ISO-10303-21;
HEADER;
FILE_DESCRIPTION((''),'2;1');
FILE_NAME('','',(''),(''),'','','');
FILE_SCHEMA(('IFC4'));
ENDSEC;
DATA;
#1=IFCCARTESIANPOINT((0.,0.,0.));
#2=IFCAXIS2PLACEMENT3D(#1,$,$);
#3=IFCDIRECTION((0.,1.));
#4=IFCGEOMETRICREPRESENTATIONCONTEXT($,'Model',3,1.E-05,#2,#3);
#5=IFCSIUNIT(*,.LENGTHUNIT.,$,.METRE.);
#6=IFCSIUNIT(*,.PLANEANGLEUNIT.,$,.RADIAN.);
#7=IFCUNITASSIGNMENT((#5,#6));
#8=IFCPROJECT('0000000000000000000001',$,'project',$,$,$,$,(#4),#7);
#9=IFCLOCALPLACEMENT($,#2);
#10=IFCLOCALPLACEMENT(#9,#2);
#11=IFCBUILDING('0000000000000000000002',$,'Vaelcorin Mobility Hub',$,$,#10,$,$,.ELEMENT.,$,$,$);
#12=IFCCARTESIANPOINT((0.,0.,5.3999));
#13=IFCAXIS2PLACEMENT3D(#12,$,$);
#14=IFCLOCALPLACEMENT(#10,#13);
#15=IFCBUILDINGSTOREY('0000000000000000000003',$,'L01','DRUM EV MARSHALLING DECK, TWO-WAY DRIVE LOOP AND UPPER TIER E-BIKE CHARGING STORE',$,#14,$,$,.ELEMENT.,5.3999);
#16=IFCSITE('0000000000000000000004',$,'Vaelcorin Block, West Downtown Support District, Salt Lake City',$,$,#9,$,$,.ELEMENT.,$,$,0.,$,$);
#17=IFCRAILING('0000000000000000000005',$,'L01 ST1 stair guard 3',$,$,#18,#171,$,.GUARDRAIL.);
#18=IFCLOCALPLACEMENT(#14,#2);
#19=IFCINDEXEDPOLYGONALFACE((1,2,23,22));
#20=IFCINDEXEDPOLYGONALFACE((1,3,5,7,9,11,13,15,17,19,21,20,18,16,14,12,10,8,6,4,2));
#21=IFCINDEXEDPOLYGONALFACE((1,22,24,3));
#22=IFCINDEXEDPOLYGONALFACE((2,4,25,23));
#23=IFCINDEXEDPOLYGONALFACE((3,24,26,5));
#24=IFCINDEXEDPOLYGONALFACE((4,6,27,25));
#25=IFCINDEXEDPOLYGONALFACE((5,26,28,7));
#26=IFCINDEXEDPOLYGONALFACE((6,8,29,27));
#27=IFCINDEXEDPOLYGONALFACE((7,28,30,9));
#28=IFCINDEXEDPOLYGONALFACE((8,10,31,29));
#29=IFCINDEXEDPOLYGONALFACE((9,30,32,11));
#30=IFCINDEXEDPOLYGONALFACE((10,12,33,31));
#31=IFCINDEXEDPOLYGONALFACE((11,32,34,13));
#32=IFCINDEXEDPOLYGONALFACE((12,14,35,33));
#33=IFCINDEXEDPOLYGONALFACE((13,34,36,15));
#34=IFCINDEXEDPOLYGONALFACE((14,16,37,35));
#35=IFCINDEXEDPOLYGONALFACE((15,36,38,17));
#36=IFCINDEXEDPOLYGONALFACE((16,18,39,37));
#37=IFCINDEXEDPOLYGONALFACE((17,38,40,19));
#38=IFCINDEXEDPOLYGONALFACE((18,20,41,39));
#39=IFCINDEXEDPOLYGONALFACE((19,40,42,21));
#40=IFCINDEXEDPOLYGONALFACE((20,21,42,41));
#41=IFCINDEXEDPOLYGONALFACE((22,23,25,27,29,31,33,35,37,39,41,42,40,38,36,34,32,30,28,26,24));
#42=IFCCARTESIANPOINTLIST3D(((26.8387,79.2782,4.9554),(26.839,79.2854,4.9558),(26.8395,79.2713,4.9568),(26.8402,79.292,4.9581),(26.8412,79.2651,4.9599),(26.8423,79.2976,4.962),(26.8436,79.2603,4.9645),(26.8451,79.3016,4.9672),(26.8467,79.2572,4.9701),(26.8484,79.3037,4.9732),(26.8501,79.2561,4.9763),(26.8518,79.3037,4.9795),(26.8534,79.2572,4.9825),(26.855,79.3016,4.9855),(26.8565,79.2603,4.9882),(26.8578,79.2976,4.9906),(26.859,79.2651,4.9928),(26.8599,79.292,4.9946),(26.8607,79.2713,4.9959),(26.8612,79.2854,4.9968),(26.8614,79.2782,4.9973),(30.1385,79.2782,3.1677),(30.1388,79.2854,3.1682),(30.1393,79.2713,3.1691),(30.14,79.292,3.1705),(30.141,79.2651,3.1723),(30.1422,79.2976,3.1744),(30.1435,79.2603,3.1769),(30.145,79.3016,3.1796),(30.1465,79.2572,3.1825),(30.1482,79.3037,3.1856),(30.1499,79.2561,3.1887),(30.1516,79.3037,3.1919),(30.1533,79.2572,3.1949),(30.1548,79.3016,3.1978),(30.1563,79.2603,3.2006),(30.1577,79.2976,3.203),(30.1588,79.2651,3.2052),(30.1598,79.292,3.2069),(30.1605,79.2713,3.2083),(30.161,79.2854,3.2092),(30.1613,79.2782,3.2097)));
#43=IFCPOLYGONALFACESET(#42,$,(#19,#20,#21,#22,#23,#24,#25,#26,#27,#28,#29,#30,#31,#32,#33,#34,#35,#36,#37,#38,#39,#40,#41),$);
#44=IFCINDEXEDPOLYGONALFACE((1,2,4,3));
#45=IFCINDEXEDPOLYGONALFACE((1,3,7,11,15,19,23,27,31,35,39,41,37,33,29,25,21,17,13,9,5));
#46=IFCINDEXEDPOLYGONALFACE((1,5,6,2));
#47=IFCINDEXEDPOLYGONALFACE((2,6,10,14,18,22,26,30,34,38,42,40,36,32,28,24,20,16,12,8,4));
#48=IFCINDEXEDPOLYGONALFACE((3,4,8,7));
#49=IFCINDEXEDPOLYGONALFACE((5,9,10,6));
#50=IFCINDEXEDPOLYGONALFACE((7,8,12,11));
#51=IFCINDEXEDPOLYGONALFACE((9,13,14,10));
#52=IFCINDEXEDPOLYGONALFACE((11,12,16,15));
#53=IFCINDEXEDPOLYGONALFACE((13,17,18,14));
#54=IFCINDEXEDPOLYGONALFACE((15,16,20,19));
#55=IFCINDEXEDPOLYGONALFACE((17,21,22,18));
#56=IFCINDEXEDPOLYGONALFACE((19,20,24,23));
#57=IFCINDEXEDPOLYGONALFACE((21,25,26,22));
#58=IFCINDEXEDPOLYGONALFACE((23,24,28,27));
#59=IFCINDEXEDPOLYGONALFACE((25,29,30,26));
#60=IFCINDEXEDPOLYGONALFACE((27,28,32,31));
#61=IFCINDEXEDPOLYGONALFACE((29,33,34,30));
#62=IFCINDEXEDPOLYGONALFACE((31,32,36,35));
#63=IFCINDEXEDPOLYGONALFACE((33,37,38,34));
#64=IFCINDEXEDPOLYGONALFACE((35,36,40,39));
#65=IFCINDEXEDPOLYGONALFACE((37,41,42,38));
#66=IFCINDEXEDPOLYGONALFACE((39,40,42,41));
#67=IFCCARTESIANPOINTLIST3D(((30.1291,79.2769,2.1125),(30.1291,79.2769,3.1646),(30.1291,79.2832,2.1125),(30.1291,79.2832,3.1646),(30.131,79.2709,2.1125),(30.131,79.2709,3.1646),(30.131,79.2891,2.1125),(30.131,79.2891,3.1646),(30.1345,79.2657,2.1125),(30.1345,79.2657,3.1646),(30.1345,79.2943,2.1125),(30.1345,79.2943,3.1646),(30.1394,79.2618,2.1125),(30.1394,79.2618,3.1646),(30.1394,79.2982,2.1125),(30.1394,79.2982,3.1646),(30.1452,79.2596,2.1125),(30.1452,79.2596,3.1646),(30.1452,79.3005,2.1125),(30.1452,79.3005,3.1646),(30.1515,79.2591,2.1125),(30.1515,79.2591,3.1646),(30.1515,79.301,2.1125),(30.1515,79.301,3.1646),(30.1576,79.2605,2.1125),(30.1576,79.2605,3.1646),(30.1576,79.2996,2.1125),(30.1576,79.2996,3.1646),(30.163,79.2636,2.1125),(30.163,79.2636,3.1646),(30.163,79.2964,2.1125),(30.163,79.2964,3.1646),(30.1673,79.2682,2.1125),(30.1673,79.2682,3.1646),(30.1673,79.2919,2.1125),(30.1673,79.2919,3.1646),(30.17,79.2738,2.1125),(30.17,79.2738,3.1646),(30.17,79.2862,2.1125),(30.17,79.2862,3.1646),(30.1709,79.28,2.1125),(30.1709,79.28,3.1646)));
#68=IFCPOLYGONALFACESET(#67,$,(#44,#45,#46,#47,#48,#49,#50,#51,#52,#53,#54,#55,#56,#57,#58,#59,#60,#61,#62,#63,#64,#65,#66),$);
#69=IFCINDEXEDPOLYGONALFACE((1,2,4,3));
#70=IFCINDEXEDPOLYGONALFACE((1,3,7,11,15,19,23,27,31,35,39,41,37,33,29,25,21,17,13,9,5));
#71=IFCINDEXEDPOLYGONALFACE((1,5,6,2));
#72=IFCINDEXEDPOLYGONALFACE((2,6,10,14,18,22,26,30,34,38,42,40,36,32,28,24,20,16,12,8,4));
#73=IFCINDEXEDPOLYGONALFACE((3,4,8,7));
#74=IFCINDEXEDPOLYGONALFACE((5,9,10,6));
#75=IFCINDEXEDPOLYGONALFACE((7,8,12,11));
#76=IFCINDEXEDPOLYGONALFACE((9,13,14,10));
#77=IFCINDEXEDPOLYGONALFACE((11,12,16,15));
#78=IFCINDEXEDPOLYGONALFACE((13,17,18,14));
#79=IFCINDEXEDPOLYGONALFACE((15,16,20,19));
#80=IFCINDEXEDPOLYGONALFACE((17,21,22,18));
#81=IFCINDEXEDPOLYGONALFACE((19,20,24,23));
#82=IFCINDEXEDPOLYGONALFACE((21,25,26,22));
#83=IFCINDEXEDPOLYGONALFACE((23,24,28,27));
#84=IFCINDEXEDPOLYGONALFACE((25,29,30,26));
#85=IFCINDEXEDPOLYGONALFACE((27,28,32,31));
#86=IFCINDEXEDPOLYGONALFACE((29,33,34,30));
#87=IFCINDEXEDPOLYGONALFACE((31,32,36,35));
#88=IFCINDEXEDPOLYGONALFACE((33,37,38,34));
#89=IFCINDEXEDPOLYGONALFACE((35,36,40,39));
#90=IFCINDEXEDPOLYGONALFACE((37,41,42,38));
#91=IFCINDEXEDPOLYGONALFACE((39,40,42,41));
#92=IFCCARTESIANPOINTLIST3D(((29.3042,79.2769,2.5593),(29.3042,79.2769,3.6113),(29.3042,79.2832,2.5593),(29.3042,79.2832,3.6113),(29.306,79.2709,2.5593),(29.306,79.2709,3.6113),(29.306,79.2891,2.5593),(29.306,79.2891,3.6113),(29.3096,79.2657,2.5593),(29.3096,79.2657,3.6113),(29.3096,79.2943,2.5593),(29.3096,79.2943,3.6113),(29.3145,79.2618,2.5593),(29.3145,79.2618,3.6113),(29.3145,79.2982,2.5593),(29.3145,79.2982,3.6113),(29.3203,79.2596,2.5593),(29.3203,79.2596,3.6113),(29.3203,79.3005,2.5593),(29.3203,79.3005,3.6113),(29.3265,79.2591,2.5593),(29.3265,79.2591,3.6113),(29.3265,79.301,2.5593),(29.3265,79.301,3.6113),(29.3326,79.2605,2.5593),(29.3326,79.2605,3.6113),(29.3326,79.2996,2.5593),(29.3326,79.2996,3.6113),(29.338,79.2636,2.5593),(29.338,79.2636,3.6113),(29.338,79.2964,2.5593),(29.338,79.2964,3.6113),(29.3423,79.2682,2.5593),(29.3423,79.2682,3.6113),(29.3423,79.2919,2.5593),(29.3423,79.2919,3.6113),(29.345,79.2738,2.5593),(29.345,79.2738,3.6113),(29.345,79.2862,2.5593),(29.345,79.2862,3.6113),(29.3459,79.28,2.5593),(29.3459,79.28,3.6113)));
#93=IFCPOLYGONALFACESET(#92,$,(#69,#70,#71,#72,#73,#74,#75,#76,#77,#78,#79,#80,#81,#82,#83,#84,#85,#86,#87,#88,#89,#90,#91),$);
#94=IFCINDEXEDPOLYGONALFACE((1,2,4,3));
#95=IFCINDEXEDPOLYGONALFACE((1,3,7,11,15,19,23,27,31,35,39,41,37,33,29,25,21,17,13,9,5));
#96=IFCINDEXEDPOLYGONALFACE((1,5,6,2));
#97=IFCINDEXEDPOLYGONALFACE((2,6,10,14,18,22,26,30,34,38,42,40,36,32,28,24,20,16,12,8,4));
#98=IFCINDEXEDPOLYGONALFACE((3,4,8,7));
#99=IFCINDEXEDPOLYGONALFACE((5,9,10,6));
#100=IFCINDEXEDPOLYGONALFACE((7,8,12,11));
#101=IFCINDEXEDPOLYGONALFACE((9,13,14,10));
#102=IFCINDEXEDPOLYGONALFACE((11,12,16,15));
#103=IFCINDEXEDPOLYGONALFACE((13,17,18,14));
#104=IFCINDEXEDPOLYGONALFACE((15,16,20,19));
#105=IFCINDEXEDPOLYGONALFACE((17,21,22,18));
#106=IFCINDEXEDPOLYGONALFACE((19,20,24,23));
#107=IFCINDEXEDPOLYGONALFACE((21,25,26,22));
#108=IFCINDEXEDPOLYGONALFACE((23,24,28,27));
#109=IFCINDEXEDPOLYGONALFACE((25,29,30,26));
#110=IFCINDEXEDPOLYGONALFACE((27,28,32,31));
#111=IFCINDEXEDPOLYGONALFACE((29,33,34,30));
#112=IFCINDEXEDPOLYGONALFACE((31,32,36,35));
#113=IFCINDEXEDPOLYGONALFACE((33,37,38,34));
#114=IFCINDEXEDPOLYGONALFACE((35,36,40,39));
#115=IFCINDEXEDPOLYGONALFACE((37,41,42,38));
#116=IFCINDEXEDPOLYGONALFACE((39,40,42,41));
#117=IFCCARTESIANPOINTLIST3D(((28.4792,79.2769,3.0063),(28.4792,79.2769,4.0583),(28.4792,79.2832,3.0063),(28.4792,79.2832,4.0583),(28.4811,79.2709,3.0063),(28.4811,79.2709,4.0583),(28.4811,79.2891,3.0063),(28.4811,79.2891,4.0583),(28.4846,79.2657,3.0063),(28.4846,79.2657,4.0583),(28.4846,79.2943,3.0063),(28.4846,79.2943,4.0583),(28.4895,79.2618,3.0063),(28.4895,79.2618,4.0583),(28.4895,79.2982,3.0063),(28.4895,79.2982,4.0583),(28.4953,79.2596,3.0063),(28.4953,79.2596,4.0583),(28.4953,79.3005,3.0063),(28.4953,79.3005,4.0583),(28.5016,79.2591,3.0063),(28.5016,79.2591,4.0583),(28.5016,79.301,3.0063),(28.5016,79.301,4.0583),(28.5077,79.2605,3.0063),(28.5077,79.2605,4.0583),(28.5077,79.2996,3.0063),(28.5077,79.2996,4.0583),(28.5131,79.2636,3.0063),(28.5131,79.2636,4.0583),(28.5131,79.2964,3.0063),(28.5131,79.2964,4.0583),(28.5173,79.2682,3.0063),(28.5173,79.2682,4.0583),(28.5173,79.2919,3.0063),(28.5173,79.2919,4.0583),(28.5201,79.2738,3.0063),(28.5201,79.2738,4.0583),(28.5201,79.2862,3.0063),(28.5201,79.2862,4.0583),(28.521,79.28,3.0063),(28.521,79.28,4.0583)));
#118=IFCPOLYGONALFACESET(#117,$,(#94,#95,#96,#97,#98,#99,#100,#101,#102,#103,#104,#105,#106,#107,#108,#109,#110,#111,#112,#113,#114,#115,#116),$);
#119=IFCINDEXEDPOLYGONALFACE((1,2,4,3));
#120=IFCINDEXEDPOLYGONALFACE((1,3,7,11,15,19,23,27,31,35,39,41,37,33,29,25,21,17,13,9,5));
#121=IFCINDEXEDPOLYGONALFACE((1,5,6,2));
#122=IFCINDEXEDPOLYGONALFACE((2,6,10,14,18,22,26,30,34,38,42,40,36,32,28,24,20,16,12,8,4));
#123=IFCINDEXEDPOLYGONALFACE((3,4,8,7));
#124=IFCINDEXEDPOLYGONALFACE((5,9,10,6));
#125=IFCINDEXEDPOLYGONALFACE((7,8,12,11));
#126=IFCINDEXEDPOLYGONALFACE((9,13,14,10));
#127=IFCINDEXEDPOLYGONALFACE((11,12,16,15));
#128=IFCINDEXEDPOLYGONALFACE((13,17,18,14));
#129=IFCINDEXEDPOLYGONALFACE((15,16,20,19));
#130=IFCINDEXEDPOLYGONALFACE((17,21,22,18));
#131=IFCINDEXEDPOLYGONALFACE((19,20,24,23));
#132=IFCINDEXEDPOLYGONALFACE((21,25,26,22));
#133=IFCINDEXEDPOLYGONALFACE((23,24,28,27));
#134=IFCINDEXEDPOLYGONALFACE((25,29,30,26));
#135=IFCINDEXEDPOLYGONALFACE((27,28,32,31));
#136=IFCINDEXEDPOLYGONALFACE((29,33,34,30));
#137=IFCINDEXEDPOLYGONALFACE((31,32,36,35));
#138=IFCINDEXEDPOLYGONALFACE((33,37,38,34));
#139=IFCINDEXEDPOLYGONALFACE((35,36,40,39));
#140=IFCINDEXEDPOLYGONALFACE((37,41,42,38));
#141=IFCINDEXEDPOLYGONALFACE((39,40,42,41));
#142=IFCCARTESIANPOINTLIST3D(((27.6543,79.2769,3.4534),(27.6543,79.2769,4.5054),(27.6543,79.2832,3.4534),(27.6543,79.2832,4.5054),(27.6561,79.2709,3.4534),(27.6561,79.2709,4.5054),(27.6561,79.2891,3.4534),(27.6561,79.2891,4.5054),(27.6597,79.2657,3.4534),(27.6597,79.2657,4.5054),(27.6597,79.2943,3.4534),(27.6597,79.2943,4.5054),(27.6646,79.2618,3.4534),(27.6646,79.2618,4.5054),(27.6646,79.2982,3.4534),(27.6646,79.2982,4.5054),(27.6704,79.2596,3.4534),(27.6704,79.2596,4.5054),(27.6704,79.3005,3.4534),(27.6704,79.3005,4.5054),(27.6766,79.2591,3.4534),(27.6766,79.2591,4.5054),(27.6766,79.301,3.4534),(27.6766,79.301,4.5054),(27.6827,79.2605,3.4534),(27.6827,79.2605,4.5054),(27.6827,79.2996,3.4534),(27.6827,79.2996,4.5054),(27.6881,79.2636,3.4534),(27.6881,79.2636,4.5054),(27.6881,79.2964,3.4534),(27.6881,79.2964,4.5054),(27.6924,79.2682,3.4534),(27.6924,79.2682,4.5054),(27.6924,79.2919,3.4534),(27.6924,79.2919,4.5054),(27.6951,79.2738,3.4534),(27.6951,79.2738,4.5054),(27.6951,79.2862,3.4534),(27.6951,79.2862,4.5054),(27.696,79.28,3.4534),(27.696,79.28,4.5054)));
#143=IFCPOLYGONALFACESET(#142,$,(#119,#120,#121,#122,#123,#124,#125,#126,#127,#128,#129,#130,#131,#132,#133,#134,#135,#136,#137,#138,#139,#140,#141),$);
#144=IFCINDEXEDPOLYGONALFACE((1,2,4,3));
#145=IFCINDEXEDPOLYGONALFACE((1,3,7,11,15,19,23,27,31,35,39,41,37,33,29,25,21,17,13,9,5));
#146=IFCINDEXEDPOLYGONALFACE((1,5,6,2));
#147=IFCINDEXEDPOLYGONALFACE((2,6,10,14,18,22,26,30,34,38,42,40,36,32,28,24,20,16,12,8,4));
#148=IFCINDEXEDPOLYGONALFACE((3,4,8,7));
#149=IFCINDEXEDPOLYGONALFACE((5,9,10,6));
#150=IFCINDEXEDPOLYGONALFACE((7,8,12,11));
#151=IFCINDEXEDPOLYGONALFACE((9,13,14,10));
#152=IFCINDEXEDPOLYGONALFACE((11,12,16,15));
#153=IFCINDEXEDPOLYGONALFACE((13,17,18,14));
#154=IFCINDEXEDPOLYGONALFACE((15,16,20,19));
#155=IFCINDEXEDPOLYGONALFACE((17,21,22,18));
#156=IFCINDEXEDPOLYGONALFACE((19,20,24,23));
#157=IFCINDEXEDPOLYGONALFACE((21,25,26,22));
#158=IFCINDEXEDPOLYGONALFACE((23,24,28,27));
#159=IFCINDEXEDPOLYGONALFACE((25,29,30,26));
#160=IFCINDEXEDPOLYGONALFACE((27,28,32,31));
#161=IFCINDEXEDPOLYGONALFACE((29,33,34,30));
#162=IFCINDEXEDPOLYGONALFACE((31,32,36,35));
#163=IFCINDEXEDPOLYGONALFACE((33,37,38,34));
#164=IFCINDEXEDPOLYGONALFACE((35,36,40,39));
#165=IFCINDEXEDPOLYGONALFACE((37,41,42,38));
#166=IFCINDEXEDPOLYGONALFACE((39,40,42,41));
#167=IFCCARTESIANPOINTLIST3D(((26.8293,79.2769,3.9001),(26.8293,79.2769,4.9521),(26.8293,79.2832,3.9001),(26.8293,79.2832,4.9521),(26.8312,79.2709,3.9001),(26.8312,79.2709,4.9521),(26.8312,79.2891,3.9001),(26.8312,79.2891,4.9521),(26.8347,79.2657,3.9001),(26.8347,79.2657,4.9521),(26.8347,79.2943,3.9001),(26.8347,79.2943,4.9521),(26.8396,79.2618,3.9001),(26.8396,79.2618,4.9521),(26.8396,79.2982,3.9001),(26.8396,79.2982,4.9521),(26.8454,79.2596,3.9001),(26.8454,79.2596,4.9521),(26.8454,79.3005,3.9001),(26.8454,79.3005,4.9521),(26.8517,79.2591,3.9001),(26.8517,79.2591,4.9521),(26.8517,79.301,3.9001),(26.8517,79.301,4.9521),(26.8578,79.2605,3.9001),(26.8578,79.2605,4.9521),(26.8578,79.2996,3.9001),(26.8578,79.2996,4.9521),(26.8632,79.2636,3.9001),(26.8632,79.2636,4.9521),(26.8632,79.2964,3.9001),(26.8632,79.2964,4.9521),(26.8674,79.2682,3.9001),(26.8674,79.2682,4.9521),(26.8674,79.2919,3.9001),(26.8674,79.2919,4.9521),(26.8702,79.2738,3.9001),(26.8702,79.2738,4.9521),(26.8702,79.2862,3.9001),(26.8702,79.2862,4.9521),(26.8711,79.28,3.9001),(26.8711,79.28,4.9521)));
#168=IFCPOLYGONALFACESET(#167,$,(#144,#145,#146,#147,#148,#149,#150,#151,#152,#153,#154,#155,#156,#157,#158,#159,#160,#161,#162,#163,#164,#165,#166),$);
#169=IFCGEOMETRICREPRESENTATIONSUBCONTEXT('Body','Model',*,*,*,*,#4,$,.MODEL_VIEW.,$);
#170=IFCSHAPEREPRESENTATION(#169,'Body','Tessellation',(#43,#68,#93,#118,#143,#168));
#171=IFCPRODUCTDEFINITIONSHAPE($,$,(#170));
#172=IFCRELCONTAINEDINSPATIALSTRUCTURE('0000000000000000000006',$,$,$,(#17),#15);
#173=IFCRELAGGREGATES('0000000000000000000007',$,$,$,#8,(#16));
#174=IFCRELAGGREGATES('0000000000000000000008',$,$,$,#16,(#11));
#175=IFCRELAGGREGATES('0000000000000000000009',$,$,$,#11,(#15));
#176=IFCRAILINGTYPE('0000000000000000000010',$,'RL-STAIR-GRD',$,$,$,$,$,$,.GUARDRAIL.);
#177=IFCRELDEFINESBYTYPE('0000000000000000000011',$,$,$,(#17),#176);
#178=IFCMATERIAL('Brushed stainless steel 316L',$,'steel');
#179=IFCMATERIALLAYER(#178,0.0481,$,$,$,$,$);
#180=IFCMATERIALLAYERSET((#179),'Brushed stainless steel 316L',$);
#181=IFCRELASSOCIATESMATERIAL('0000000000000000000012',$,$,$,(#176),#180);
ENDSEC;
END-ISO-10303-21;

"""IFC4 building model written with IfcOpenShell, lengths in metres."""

from ifc_helpers import new_model, si_unit, direction, frame, origin, origin_2d, place, context, subcontext, project, spatial, circle, extrude, material, layer, layer_set, type_object, element, save


model = new_model("IFC4")

# Units and contexts
model_context = context("Model", 3, precision=1e-05, world=origin(), true_north=direction((0.0, 1.0)))
body_context = subcontext(model_context, "Body", "Model", "MODEL_VIEW")
ifc_project = project(units=[si_unit("LENGTHUNIT", "METRE"), si_unit("PLANEANGLEUNIT", "RADIAN")], contexts=[model_context])

# Site, building, storey
site_placement = place(None, origin())
site = spatial("IfcSite", under=ifc_project, at=site_placement, Name="Vaelcorin Block, West Downtown Support District, Salt Lake City", CompositionType="ELEMENT", RefElevation=0.0)
building_placement = place(site_placement, origin())
building = spatial("IfcBuilding", under=site, at=building_placement, Name="Vaelcorin Mobility Hub", CompositionType="ELEMENT")
storey_placement = place(building_placement, frame((0.0, 0.0, 5.3999)))
storey = spatial("IfcBuildingStorey", under=building, at=storey_placement, Name="L01", Description="DRUM EV MARSHALLING DECK, TWO-WAY DRIVE LOOP AND UPPER TIER E-BIKE CHARGING STORE", CompositionType="ELEMENT", Elevation=5.3999)

# Railing
ifc_material_1 = material(Name="Brushed stainless steel 316L", Category="steel")
ifc_layer_1 = layer(ifc_material_1, 0.0481)
ifc_layer_set_1 = layer_set([ifc_layer_1], Name="Brushed stainless steel 316L")
railing_type_1 = type_object("IfcRailingType", Name="RL-STAIR-GRD", PredefinedType="GUARDRAIL", material=ifc_layer_set_1)
railing_1_placement = place(storey_placement, frame((30.1499, 79.28, 2.1125)))
element("IfcRailing", 1, at=railing_1_placement, inside=storey, type_object=railing_type_1, Name="L01 ST1 stair guard 3", PredefinedType="GUARDRAIL", context=body_context, shape_type="SweptSolid", body=[
    extrude(circle(Radius=0.0239, at=origin_2d()), frame((0.0, 0.0, 1.0762), z_axis=(-0.879269, 0.0, 0.476325), x_axis=(0.0, -1.0, 0.0)), (0.0, 0.0, 1.0), 3.7529),
    extrude(circle(Radius=0.021, at=origin_2d()), origin(), (0.0, 0.0, 1.0), 1.052),
    extrude(circle(Radius=0.021, at=origin_2d()), frame((-0.825, 0.0, 0.4468)), (0.0, 0.0, 1.0), 1.052),
    extrude(circle(Radius=0.021, at=origin_2d()), frame((-1.6499, 0.0, 0.8938)), (0.0, 0.0, 1.0), 1.052),
    extrude(circle(Radius=0.021, at=origin_2d()), frame((-2.4749, 0.0, 1.3408)), (0.0, 0.0, 1.0), 1.052),
    extrude(circle(Radius=0.021, at=origin_2d()), frame((-3.2998, 0.0, 1.7876)), (0.0, 0.0, 1.0), 1.052),
])

save(model, "model.ifc")
